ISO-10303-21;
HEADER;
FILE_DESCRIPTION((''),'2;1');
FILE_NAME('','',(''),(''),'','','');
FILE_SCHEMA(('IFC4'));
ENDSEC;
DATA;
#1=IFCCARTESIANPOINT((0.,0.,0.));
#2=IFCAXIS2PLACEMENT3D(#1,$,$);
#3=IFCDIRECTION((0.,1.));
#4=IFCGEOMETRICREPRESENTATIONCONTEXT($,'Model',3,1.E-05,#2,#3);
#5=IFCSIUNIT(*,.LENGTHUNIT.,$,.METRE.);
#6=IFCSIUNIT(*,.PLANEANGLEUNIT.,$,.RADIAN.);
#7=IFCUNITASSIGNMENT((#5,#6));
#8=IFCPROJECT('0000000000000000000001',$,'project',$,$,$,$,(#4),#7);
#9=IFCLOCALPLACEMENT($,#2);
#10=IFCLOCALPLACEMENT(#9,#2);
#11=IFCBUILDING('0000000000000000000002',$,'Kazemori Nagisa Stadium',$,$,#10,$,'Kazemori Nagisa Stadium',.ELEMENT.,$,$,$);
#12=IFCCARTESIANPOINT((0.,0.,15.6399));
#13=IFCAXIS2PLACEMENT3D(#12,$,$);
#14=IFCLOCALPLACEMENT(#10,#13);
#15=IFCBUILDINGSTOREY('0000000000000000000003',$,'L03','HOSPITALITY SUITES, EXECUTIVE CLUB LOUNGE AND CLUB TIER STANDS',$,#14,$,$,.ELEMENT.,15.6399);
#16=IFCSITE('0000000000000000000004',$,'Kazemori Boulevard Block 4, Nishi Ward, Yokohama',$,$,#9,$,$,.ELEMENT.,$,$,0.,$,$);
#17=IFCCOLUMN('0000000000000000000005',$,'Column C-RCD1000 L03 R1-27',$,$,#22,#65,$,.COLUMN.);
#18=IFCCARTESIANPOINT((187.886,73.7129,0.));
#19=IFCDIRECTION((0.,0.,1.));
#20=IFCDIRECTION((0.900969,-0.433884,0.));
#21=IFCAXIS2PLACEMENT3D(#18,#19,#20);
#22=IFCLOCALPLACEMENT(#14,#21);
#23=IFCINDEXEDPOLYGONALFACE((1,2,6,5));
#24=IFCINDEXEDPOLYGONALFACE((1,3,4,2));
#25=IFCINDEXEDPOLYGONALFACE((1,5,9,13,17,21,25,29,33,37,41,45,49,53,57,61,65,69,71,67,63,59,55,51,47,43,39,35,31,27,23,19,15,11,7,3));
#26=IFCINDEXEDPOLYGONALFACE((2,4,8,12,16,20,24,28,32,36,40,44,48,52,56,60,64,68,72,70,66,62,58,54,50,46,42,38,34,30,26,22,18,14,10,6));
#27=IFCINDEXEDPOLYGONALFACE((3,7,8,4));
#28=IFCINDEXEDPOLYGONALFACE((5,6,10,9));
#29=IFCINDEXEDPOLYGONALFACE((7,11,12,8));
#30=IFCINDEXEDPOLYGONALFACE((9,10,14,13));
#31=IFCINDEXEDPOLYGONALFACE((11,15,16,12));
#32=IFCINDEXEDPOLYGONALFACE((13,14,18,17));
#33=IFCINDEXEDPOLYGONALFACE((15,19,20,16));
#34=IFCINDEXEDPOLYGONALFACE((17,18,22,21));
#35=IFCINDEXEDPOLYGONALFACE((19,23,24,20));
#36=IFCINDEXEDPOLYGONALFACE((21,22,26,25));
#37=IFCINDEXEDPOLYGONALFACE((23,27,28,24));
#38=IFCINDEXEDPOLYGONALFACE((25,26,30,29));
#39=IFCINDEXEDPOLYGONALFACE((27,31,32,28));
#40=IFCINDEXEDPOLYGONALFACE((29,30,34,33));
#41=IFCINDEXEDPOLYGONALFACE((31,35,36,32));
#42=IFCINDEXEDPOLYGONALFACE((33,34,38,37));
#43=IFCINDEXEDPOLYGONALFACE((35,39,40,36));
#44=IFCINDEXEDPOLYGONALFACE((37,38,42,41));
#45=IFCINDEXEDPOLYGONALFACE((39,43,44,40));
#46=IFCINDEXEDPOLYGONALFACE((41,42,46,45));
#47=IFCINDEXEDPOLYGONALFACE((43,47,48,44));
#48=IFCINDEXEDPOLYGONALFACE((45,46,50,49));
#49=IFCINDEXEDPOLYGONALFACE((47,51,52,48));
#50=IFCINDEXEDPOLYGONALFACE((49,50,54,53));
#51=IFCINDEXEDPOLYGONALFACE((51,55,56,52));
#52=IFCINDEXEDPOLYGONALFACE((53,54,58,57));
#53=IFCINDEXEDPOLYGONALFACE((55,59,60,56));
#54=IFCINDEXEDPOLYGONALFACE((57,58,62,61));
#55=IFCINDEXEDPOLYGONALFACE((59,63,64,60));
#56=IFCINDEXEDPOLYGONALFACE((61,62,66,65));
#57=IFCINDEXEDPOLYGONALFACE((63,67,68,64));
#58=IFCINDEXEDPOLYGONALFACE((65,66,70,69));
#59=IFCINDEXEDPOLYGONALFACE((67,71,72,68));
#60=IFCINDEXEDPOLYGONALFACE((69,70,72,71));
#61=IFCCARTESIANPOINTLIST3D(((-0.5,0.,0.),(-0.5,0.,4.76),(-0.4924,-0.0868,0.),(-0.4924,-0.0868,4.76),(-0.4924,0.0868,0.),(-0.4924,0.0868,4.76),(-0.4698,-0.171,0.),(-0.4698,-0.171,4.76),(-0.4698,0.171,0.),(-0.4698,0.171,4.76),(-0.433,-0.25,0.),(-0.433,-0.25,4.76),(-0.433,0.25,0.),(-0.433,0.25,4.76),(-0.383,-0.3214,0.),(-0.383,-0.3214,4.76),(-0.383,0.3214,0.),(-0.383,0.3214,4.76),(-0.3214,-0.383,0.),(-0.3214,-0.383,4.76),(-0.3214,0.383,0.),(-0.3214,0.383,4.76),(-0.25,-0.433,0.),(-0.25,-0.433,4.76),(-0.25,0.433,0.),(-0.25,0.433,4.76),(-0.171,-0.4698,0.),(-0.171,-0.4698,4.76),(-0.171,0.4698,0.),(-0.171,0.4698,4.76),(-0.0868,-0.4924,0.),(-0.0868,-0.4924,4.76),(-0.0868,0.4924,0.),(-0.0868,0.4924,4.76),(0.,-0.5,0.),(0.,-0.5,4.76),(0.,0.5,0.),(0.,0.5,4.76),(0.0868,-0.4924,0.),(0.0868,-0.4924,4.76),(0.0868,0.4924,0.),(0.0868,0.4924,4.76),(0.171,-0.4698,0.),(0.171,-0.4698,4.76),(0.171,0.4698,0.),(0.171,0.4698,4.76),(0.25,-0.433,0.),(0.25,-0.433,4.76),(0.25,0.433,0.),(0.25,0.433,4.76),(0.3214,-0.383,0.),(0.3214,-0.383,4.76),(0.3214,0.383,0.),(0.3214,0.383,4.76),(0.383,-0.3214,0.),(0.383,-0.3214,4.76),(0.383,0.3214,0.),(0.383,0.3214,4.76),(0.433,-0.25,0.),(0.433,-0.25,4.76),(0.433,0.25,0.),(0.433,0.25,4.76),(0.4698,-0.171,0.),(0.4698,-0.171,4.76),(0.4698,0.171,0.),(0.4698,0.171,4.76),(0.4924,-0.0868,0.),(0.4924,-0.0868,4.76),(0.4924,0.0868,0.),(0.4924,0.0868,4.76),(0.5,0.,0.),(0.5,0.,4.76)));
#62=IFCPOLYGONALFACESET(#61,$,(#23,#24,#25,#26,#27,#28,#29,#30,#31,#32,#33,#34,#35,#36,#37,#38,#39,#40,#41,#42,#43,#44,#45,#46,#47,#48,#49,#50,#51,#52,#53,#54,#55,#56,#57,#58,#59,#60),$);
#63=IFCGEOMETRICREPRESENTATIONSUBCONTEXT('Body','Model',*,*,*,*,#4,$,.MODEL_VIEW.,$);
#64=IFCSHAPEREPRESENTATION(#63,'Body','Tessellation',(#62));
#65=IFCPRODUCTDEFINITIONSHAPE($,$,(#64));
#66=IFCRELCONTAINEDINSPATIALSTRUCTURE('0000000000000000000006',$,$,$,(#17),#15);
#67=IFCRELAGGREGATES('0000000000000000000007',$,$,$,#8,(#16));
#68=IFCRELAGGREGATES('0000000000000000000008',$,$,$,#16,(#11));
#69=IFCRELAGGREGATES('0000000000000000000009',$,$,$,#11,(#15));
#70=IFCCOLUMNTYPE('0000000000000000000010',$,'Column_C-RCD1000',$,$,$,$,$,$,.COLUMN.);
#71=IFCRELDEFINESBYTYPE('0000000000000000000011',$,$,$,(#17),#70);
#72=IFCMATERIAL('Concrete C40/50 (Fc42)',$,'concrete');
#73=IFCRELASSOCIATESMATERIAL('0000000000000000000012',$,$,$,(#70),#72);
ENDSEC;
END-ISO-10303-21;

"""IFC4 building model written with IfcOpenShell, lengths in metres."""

from ifc_helpers import new_model, si_unit, direction, frame, origin, origin_2d, place, context, subcontext, project, spatial, circle, extrude, material, material_profile, profile_set, type_object, element, save


model = new_model("IFC4")

# Units and contexts
model_context = context("Model", 3, precision=1e-05, world=origin(), true_north=direction((0.0, 1.0)))
body_context = subcontext(model_context, "Body", "Model", "MODEL_VIEW")
ifc_project = project(units=[si_unit("LENGTHUNIT", "METRE"), si_unit("PLANEANGLEUNIT", "RADIAN")], contexts=[model_context])

# Site, building, storey
site_placement = place(None, origin())
site = spatial("IfcSite", under=ifc_project, at=site_placement, Name="Kazemori Boulevard Block 4, Nishi Ward, Yokohama", CompositionType="ELEMENT", RefElevation=0.0)
building_placement = place(site_placement, origin())
building = spatial("IfcBuilding", under=site, at=building_placement, Name="Kazemori Nagisa Stadium", LongName="Kazemori Nagisa Stadium", CompositionType="ELEMENT")
storey_placement = place(building_placement, frame((0.0, 0.0, 15.6399)))
storey = spatial("IfcBuildingStorey", under=building, at=storey_placement, Name="L03", Description="HOSPITALITY SUITES, EXECUTIVE CLUB LOUNGE AND CLUB TIER STANDS", CompositionType="ELEMENT", Elevation=15.6399)

# Column
ifc_material_1 = material(Name="Concrete C40/50 (Fc42)", Category="concrete")
ifc_material_profile_1 = material_profile(ifc_material_1, circle(Radius=0.5, at=origin_2d()), Name="RC-COL-D1000")
ifc_profile_set_1 = profile_set([ifc_material_profile_1], Name="Concrete C40/50 (Fc42)")
column_type_1 = type_object("IfcColumnType", Name="Column_C-RCD1000", PredefinedType="COLUMN", material=ifc_profile_set_1)
column_1_placement = place(storey_placement, frame((187.886, 73.7129, 0.0), z_axis=(0.0, 0.0, 1.0), x_axis=(0.900969, -0.433884, 0.0)))
element("IfcColumn", 1, at=column_1_placement, inside=storey, type_object=column_type_1, Name="Column C-RCD1000 L03 R1-27", PredefinedType="COLUMN", context=body_context, shape_type="SweptSolid", body=[
    extrude(circle(Radius=0.5, at=origin_2d()), origin(), (0.0, 0.0, 1.0), 4.76),
])

save(model, "model.ifc")
